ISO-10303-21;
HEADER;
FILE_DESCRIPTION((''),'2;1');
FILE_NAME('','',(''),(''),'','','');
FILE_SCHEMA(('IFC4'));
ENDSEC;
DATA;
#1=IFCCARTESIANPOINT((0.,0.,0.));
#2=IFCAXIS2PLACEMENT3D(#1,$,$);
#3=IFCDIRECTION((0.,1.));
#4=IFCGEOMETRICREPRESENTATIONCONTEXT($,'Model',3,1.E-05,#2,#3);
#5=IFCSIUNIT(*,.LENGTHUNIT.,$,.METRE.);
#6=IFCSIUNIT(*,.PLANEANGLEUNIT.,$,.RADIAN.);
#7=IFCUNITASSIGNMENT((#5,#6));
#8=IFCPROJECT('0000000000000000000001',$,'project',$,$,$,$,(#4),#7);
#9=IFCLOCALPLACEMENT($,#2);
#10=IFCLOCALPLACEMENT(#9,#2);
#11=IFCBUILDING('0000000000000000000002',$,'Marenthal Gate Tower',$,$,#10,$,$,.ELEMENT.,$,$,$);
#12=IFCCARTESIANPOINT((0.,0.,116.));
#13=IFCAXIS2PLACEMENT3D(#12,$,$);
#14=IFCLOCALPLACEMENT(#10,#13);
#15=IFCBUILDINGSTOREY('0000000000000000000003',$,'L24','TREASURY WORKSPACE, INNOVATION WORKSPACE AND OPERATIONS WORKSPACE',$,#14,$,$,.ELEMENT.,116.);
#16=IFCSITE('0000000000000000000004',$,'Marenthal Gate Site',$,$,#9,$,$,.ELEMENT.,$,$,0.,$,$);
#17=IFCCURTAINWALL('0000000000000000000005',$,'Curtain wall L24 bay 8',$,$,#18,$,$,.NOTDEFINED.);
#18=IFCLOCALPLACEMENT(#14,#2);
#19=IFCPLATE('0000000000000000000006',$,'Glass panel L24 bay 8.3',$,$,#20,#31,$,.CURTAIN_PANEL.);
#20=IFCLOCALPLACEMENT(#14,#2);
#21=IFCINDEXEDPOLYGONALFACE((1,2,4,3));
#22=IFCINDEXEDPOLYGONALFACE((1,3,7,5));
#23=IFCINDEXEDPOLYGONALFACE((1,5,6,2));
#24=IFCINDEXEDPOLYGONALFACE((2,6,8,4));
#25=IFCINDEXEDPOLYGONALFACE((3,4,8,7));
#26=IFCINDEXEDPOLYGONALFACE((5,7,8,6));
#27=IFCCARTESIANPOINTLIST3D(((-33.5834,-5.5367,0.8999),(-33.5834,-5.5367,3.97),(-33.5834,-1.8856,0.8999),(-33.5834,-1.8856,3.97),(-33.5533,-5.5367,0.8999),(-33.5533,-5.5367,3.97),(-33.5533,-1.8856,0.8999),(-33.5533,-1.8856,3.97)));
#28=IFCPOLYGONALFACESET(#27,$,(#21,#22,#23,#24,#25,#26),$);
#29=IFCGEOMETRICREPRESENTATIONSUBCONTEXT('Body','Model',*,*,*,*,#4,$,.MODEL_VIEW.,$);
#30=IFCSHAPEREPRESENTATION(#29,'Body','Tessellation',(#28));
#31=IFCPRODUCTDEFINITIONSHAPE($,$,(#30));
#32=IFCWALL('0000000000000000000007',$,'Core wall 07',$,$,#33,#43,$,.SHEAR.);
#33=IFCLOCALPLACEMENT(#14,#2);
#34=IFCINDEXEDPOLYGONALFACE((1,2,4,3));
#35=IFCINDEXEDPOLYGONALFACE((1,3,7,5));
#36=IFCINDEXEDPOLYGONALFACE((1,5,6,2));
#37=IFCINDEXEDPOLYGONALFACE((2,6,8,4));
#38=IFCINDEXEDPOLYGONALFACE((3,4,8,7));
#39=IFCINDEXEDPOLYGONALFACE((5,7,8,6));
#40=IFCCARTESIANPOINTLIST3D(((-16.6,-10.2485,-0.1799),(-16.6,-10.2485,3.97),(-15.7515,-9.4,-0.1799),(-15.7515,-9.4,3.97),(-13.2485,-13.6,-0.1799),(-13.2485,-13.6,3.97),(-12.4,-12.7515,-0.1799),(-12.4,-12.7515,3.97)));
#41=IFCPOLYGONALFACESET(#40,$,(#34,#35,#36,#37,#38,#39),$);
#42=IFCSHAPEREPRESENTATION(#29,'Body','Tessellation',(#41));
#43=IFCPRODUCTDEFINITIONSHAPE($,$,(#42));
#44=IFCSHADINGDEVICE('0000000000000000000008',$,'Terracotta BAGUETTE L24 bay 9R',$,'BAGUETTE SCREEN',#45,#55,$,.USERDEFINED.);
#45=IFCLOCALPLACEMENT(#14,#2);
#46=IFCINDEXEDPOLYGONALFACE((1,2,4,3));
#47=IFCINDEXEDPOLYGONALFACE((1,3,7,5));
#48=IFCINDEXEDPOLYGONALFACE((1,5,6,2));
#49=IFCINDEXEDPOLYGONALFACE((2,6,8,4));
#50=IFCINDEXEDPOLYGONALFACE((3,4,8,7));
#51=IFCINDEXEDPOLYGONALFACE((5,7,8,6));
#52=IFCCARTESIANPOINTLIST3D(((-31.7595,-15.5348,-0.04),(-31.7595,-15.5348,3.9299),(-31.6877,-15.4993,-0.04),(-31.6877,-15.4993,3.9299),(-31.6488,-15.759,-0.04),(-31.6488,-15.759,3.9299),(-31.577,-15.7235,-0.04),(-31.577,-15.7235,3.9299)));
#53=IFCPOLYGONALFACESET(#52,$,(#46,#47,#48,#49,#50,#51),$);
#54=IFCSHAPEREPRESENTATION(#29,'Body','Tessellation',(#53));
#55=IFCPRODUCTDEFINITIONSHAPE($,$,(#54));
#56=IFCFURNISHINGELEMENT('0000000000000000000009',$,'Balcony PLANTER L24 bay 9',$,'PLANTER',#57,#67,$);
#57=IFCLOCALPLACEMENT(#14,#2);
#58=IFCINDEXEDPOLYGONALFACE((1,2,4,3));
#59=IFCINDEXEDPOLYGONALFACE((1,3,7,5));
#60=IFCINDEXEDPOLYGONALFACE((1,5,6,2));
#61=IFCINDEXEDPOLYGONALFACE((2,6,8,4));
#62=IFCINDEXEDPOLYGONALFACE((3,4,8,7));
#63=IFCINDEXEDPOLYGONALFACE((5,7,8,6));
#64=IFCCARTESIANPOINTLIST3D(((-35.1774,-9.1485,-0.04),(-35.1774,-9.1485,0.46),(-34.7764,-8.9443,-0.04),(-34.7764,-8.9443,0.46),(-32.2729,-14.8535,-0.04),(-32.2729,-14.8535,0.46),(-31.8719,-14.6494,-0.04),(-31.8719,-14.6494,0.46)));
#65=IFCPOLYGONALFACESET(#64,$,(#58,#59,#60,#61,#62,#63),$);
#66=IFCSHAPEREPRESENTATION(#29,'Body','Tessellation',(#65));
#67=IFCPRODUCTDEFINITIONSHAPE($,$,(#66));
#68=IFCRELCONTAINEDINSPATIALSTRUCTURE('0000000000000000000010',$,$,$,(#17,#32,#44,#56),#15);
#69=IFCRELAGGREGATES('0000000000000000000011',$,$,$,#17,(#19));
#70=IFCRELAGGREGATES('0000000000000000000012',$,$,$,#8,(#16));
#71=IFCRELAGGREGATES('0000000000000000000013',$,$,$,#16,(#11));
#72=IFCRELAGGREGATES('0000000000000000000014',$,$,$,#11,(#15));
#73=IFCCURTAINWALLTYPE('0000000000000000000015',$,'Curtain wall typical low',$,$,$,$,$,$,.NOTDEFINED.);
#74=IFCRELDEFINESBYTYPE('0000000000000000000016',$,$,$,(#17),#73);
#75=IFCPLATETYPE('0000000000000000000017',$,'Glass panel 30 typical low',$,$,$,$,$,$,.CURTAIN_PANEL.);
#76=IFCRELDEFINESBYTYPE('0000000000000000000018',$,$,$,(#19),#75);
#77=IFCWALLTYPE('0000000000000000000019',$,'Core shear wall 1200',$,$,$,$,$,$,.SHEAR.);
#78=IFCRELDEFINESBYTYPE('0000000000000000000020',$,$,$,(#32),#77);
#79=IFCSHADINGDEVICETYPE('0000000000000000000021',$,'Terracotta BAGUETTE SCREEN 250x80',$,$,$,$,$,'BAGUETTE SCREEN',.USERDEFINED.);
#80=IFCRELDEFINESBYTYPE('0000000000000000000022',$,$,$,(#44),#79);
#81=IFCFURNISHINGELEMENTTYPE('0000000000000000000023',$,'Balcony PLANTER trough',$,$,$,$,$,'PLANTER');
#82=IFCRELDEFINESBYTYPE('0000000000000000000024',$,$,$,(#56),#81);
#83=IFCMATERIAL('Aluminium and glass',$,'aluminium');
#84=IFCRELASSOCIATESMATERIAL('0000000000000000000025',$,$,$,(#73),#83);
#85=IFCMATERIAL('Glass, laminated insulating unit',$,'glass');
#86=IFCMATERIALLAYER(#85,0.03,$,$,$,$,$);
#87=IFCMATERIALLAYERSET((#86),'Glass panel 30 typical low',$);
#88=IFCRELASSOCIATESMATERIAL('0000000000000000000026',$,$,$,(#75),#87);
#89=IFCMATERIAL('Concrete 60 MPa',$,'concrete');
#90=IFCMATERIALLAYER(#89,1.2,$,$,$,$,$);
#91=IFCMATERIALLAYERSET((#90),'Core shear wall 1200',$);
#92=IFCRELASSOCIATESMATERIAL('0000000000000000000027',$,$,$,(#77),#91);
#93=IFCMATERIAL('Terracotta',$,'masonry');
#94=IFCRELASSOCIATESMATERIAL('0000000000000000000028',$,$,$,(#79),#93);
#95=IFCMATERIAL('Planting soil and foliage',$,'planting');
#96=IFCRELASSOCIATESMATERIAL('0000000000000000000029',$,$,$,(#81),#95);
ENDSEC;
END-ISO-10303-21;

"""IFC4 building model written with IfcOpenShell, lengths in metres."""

from ifc_helpers import new_model, si_unit, direction, frame, frame_2d, origin, origin_2d, place, context, subcontext, project, spatial, rectangle, extrude, material, layer, layer_set, material_profile, profile_set, type_object, element, aggregate, save


model = new_model("IFC4")

# Units and contexts
model_context = context("Model", 3, precision=1e-05, world=origin(), true_north=direction((0.0, 1.0)))
body_context = subcontext(model_context, "Body", "Model", "MODEL_VIEW")
ifc_project = project(units=[si_unit("LENGTHUNIT", "METRE"), si_unit("PLANEANGLEUNIT", "RADIAN")], contexts=[model_context])

# Site, building, storey
site_placement = place(None, origin())
site = spatial("IfcSite", under=ifc_project, at=site_placement, Name="Marenthal Gate Site", CompositionType="ELEMENT", RefElevation=0.0)
building_placement = place(site_placement, origin())
building = spatial("IfcBuilding", under=site, at=building_placement, Name="Marenthal Gate Tower", CompositionType="ELEMENT")
storey_placement = place(building_placement, frame((0.0, 0.0, 116.0)))
storey = spatial("IfcBuildingStorey", under=building, at=storey_placement, Name="L24", Description="TREASURY WORKSPACE, INNOVATION WORKSPACE AND OPERATIONS WORKSPACE", CompositionType="ELEMENT", Elevation=116.0)

# Curtain wall
ifc_material_1 = material(Name="Aluminium and glass", Category="aluminium")
curtain_wall_type = type_object("IfcCurtainWallType", Name="Curtain wall typical low", PredefinedType="NOTDEFINED", material=ifc_material_1)
curtain_wall_1_placement = place(storey_placement, origin())
curtain_wall_1 = element("IfcCurtainWall", 1, at=curtain_wall_1_placement, inside=storey, type_object=curtain_wall_type, Name="Curtain wall L24 bay 8", PredefinedType="NOTDEFINED")

# Plate
ifc_material_2 = material(Name="Glass, laminated insulating unit", Category="glass")
ifc_layer_1 = layer(ifc_material_2, 0.03)
ifc_layer_set_1 = layer_set([ifc_layer_1], Name="Glass panel 30 typical low")
plate_type = type_object("IfcPlateType", Name="Glass panel 30 typical low", PredefinedType="CURTAIN_PANEL", material=ifc_layer_set_1)
plate_placement = place(storey_placement, frame((-33.5684, -3.7112, 0.8999), z_axis=(0.0, 0.0, 1.0), x_axis=(0.0, -1.0, 0.0)))
plate = element("IfcPlate", 2, at=plate_placement, type_object=plate_type, Name="Glass panel L24 bay 8.3", PredefinedType="CURTAIN_PANEL", context=body_context, shape_type="SweptSolid", body=[
    extrude(rectangle(XDim=3.6511, YDim=0.03, at=origin_2d()), origin(), (0.0, 0.0, 1.0), 3.0701),
])
aggregate(curtain_wall_1, [plate])

# Wall
ifc_material_3 = material(Name="Concrete 60 MPa", Category="concrete")
ifc_layer_2 = layer(ifc_material_3, 1.2)
ifc_layer_set_2 = layer_set([ifc_layer_2], Name="Core shear wall 1200")
wall_type_1 = type_object("IfcWallType", Name="Core shear wall 1200", PredefinedType="SHEAR", material=ifc_layer_set_2)
wall_1_placement = place(storey_placement, frame((-16.1758, -9.8242, -0.1799), z_axis=(0.0, 0.0, 1.0), x_axis=(0.707107, -0.707107, 0.0)))
element("IfcWall", 3, at=wall_1_placement, inside=storey, type_object=wall_type_1, Name="Core wall 07", PredefinedType="SHEAR", context=body_context, shape_type="SweptSolid", body=[
    extrude(rectangle(XDim=4.7397, YDim=1.2, at=frame_2d((2.3699, 0.0))), origin(), (0.0, 0.0, 1.0), 4.1499),
])

# Shading device
ifc_material_4 = material(Name="Terracotta", Category="masonry")
ifc_material_profile_1 = material_profile(ifc_material_4, rectangle(XDim=0.25, YDim=0.0801, at=origin_2d()), Name="Terracotta baguette 250x80")
ifc_profile_set_1 = profile_set([ifc_material_profile_1], Name="Terracotta")
shading_device_type = type_object("IfcShadingDeviceType", Name="Terracotta BAGUETTE SCREEN 250x80", ElementType="BAGUETTE SCREEN", PredefinedType="USERDEFINED", material=ifc_profile_set_1)
shading_device_placement = place(storey_placement, frame((-31.6682, -15.6292, -0.04), z_axis=(0.0, 0.0, 1.0), x_axis=(0.442731, -0.896654, 0.0)))
element("IfcShadingDevice", 4, at=shading_device_placement, inside=storey, type_object=shading_device_type, Name="Terracotta BAGUETTE L24 bay 9R", ObjectType="BAGUETTE SCREEN", PredefinedType="USERDEFINED", context=body_context, shape_type="SweptSolid", body=[
    extrude(rectangle(XDim=0.25, YDim=0.0801, at=origin_2d()), origin(), (0.0, 0.0, 1.0), 3.97),
])

# Furnishing element
ifc_material_5 = material(Name="Planting soil and foliage", Category="planting")
furnishing_element_type = type_object("IfcFurnishingElementType", Name="Balcony PLANTER trough", ElementType="PLANTER", material=ifc_material_5)
furnishing_placement = place(storey_placement, frame((-33.5247, -11.8989, -0.04), z_axis=(0.0, 0.0, 1.0), x_axis=(0.453688, -0.891161, 0.0)))
element("IfcFurnishingElement", 5, at=furnishing_placement, inside=storey, type_object=furnishing_element_type, Name="Balcony PLANTER L24 bay 9", ObjectType="PLANTER", context=body_context, shape_type="SweptSolid", body=[
    extrude(rectangle(XDim=6.4019, YDim=0.45, at=origin_2d()), origin(), (0.0, 0.0, 1.0), 0.5),
])

save(model, "model.ifc")
